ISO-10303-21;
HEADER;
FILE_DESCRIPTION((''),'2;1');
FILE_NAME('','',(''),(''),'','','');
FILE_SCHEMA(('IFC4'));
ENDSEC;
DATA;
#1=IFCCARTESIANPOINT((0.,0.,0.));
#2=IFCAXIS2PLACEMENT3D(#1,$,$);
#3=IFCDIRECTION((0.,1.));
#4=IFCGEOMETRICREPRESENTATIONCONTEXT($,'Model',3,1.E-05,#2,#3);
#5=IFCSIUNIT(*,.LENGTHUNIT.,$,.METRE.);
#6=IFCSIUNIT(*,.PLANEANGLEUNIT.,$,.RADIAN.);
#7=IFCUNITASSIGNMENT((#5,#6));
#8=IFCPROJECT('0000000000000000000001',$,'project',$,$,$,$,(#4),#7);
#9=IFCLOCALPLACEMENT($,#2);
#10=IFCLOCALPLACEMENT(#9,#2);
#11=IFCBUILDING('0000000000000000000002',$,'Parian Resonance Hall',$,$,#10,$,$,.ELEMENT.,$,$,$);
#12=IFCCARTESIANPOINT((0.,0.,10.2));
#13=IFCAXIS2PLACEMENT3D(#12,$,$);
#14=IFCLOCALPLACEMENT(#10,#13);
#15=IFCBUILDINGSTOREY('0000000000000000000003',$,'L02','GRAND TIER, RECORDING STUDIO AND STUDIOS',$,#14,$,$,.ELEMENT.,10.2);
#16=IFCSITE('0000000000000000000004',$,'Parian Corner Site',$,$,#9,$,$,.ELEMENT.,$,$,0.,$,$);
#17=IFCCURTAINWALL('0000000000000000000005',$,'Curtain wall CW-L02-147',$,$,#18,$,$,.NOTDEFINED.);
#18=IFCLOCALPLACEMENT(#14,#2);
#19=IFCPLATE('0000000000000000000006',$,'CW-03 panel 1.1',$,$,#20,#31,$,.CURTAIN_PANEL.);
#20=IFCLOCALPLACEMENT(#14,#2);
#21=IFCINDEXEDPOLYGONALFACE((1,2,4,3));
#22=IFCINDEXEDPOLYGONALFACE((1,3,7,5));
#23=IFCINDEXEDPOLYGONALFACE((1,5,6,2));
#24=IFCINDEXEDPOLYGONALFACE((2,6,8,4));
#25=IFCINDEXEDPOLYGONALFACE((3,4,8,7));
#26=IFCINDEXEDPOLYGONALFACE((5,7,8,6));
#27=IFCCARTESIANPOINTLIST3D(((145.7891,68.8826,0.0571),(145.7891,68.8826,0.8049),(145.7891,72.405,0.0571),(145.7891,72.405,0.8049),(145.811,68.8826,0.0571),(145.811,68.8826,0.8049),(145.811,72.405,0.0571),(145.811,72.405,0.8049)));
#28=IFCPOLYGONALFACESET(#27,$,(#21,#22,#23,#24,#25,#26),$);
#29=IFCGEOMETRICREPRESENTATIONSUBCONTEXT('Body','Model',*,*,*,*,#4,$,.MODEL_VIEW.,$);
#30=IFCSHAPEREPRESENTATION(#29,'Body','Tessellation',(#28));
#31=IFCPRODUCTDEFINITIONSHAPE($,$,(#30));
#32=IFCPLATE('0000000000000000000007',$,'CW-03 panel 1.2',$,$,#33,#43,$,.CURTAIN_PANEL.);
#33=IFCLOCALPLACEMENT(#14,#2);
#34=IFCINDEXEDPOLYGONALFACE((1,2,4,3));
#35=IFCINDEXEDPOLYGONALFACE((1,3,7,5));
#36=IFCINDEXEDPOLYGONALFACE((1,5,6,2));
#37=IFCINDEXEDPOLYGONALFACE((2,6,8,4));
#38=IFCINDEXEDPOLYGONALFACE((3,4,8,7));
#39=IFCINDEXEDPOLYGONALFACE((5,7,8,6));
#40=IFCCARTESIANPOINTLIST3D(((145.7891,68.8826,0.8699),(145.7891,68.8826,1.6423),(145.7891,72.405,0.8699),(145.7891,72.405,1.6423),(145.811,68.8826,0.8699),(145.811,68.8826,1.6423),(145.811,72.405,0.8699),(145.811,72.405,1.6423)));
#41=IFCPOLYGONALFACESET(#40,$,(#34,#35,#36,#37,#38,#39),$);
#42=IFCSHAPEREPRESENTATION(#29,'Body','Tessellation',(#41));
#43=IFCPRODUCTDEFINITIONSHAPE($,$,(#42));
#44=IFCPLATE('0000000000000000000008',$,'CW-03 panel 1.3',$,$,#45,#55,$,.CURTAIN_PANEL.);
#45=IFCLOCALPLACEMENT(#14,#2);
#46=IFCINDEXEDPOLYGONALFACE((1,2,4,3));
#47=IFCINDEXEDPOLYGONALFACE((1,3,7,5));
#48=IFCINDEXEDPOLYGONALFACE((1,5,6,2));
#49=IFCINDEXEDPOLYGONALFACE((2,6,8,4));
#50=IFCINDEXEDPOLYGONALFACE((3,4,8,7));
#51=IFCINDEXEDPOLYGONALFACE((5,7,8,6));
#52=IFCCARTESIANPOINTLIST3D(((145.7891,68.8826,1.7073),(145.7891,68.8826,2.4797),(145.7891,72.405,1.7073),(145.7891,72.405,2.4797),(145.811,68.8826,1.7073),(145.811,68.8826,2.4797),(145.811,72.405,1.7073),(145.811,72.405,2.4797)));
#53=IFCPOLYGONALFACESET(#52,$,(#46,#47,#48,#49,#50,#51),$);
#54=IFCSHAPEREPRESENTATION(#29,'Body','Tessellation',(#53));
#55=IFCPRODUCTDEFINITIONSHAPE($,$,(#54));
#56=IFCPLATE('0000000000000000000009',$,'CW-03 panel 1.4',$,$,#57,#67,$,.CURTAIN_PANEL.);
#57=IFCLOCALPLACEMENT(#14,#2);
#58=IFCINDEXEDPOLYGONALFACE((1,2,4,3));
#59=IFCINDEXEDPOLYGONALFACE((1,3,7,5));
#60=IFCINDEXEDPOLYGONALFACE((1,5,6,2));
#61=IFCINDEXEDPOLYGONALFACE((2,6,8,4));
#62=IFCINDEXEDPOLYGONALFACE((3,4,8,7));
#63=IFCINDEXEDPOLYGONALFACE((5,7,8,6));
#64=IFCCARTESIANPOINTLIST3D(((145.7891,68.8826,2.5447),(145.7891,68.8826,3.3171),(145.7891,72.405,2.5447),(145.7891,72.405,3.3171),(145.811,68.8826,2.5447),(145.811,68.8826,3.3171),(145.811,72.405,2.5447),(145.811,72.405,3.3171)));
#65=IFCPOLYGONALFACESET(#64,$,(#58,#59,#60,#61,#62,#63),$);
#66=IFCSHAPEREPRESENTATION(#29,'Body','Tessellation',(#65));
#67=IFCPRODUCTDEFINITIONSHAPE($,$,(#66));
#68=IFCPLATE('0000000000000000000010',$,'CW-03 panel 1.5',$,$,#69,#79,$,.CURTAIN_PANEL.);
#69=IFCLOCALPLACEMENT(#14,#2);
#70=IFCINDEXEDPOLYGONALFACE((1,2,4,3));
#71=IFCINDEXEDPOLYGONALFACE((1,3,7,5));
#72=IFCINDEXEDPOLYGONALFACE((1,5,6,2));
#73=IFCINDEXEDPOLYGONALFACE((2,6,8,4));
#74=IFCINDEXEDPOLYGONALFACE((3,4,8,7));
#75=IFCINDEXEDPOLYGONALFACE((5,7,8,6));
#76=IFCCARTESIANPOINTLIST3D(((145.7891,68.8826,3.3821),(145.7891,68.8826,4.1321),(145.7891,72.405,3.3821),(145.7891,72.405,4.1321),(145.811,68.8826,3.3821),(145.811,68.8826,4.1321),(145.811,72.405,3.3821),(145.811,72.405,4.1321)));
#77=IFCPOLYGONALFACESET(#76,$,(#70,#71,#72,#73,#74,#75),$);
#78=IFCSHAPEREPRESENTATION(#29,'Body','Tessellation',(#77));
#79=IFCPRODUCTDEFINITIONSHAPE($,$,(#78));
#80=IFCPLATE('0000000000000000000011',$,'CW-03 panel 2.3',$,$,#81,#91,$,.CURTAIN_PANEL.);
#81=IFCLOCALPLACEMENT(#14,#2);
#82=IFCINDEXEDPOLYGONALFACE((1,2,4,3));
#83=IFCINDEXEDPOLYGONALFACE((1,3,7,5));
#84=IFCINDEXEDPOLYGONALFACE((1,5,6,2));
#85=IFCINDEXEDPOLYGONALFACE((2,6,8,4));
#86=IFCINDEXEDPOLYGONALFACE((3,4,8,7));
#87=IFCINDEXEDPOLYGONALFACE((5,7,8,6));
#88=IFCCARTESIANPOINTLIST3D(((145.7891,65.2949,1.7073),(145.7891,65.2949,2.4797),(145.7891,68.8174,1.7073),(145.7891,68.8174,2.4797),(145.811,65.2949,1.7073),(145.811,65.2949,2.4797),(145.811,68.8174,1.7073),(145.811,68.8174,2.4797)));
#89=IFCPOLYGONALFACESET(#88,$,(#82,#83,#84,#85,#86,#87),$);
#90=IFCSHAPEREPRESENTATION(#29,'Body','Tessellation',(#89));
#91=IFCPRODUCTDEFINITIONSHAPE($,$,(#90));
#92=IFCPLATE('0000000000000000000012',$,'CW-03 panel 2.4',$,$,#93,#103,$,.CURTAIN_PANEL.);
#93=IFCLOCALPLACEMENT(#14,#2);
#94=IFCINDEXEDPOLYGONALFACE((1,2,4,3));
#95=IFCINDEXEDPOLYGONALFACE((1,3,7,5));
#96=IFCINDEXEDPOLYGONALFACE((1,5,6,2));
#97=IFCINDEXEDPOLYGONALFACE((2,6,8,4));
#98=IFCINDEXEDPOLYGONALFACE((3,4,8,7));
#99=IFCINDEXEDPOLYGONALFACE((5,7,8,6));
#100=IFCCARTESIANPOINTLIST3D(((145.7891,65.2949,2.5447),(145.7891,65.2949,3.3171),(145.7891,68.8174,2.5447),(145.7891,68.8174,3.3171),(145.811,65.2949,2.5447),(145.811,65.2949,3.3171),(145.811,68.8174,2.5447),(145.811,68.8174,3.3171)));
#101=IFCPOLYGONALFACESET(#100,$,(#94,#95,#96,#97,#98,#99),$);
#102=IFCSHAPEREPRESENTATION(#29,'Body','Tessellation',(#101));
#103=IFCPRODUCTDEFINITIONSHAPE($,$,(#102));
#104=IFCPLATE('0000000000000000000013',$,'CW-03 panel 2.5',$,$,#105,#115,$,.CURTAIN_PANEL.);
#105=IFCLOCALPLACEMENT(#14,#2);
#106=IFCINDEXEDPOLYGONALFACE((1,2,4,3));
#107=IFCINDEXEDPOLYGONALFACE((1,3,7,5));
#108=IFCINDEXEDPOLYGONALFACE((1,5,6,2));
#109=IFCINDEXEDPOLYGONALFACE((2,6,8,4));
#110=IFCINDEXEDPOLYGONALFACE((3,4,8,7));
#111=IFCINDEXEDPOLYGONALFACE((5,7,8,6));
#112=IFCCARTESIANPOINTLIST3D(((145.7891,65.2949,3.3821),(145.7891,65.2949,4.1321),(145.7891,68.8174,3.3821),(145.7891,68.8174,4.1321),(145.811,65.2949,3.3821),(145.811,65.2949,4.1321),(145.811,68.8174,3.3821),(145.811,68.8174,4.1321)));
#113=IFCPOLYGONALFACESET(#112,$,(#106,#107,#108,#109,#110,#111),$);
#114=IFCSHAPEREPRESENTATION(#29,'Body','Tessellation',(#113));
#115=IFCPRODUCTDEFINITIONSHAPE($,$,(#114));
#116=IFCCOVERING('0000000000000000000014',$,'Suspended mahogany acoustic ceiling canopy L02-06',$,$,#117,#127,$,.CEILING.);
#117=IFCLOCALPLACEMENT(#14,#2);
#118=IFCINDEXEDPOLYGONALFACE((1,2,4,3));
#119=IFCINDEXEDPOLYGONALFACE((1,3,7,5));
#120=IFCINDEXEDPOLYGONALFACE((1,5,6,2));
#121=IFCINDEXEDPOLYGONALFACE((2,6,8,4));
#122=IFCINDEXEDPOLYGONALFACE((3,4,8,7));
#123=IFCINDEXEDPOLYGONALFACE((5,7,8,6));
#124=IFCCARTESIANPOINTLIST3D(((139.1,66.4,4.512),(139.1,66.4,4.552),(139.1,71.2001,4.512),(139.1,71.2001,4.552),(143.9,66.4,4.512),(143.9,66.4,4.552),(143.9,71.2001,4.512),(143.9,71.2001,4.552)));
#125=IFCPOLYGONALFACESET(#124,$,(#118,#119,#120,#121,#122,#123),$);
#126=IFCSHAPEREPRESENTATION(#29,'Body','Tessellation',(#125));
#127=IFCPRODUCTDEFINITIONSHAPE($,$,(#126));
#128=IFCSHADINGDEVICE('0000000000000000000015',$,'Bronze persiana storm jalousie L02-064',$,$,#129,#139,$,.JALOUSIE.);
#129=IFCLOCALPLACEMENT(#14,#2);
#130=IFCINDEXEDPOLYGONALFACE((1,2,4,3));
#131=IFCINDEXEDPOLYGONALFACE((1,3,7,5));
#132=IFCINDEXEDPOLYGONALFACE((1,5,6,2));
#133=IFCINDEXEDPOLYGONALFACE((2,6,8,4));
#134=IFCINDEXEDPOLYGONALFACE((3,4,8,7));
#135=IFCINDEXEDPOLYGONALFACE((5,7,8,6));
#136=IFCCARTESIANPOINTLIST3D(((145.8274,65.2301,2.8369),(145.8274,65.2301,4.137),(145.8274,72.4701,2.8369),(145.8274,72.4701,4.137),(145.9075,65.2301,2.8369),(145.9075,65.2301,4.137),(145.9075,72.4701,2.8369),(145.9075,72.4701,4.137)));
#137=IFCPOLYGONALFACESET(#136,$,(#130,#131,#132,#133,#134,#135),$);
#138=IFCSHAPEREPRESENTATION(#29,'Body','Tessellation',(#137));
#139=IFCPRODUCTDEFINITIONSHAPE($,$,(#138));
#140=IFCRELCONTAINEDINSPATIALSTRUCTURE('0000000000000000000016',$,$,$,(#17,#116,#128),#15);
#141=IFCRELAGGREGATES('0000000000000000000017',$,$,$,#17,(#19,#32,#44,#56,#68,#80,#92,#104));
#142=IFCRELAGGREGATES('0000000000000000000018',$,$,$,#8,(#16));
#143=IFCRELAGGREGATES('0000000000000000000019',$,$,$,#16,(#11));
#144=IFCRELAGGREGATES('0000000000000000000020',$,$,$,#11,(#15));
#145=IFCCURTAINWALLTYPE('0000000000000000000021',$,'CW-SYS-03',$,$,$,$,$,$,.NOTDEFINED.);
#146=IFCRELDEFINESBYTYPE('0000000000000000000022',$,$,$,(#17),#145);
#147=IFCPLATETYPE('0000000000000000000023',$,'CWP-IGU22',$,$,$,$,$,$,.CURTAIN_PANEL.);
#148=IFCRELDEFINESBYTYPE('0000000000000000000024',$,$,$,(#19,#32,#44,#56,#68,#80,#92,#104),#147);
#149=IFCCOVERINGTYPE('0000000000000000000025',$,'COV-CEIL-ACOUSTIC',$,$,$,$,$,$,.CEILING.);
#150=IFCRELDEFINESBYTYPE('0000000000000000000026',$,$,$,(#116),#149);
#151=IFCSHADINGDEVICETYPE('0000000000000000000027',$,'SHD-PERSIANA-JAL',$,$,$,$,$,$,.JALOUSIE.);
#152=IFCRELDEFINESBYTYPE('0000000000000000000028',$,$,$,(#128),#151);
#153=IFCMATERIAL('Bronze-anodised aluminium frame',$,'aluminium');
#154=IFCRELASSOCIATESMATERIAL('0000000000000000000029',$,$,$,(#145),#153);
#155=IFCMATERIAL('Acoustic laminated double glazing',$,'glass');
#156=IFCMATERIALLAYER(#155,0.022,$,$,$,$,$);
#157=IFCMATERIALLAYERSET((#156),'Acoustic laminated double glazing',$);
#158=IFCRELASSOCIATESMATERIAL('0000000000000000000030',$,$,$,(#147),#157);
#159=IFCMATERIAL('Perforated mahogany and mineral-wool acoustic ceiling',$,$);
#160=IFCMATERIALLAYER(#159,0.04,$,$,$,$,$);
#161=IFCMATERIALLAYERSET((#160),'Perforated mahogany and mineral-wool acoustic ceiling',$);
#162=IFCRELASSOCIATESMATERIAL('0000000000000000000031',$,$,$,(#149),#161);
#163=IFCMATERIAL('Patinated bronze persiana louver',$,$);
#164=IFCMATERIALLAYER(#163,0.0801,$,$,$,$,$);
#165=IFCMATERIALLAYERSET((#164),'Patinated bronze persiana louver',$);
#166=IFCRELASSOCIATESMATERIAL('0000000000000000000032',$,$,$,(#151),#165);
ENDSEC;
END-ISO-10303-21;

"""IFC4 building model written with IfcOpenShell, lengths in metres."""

from ifc_helpers import new_model, si_unit, direction, frame, origin, origin_2d, place, context, subcontext, project, spatial, rectangle, extrude, material, layer, layer_set, type_object, element, aggregate, save


model = new_model("IFC4")

# Units and contexts
model_context = context("Model", 3, precision=1e-05, world=origin(), true_north=direction((0.0, 1.0)))
body_context = subcontext(model_context, "Body", "Model", "MODEL_VIEW")
ifc_project = project(units=[si_unit("LENGTHUNIT", "METRE"), si_unit("PLANEANGLEUNIT", "RADIAN")], contexts=[model_context])

# Site, building, storey
site_placement = place(None, origin())
site = spatial("IfcSite", under=ifc_project, at=site_placement, Name="Parian Corner Site", CompositionType="ELEMENT", RefElevation=0.0)
building_placement = place(site_placement, origin())
building = spatial("IfcBuilding", under=site, at=building_placement, Name="Parian Resonance Hall", CompositionType="ELEMENT")
storey_placement = place(building_placement, frame((0.0, 0.0, 10.2)))
storey = spatial("IfcBuildingStorey", under=building, at=storey_placement, Name="L02", Description="GRAND TIER, RECORDING STUDIO AND STUDIOS", CompositionType="ELEMENT", Elevation=10.2)

# Curtain wall, plates
ifc_material_1 = material(Name="Bronze-anodised aluminium frame", Category="aluminium")
curtain_wall_type = type_object("IfcCurtainWallType", Name="CW-SYS-03", PredefinedType="NOTDEFINED", material=ifc_material_1)
curtain_wall_placement = place(storey_placement, origin())
curtain_wall = element("IfcCurtainWall", 1, at=curtain_wall_placement, inside=storey, type_object=curtain_wall_type, Name="Curtain wall CW-L02-147", PredefinedType="NOTDEFINED")
ifc_material_2 = material(Name="Acoustic laminated double glazing", Category="glass")
ifc_layer_1 = layer(ifc_material_2, 0.022)
ifc_layer_set_1 = layer_set([ifc_layer_1], Name="Acoustic laminated double glazing")
plate_type = type_object("IfcPlateType", Name="CWP-IGU22", PredefinedType="CURTAIN_PANEL", material=ifc_layer_set_1)
plate_1_placement = place(storey_placement, frame((145.8, 70.6438, 0.0571), z_axis=(0.0, 0.0, 1.0), x_axis=(0.0, -1.0, 0.0)))
plate_1 = element("IfcPlate", 2, at=plate_1_placement, type_object=plate_type, Name="CW-03 panel 1.1", PredefinedType="CURTAIN_PANEL", context=body_context, shape_type="SweptSolid", body=[
    extrude(rectangle(XDim=3.5225, YDim=0.022, at=origin_2d()), origin(), (0.0, 0.0, 1.0), 0.7478),
])
plate_2_placement = place(storey_placement, frame((145.8, 70.6438, 0.8699), z_axis=(0.0, 0.0, 1.0), x_axis=(0.0, -1.0, 0.0)))
plate_2 = element("IfcPlate", 3, at=plate_2_placement, type_object=plate_type, Name="CW-03 panel 1.2", PredefinedType="CURTAIN_PANEL", context=body_context, shape_type="SweptSolid", body=[
    extrude(rectangle(XDim=3.5225, YDim=0.022, at=origin_2d()), origin(), (0.0, 0.0, 1.0), 0.7725),
])
plate_3_placement = place(storey_placement, frame((145.8, 70.6438, 1.7073), z_axis=(0.0, 0.0, 1.0), x_axis=(0.0, -1.0, 0.0)))
plate_3 = element("IfcPlate", 4, at=plate_3_placement, type_object=plate_type, Name="CW-03 panel 1.3", PredefinedType="CURTAIN_PANEL", context=body_context, shape_type="SweptSolid", body=[
    extrude(rectangle(XDim=3.5225, YDim=0.022, at=origin_2d()), origin(), (0.0, 0.0, 1.0), 0.7725),
])
plate_4_placement = place(storey_placement, frame((145.8, 70.6438, 2.5447), z_axis=(0.0, 0.0, 1.0), x_axis=(0.0, -1.0, 0.0)))
plate_4 = element("IfcPlate", 5, at=plate_4_placement, type_object=plate_type, Name="CW-03 panel 1.4", PredefinedType="CURTAIN_PANEL", context=body_context, shape_type="SweptSolid", body=[
    extrude(rectangle(XDim=3.5225, YDim=0.022, at=origin_2d()), origin(), (0.0, 0.0, 1.0), 0.7725),
])
plate_5_placement = place(storey_placement, frame((145.8, 70.6438, 3.3821), z_axis=(0.0, 0.0, 1.0), x_axis=(0.0, -1.0, 0.0)))
plate_5 = element("IfcPlate", 6, at=plate_5_placement, type_object=plate_type, Name="CW-03 panel 1.5", PredefinedType="CURTAIN_PANEL", context=body_context, shape_type="SweptSolid", body=[
    extrude(rectangle(XDim=3.5225, YDim=0.022, at=origin_2d()), origin(), (0.0, 0.0, 1.0), 0.75),
])
plate_6_placement = place(storey_placement, frame((145.8, 67.0562, 1.7073), z_axis=(0.0, 0.0, 1.0), x_axis=(0.0, -1.0, 0.0)))
plate_6 = element("IfcPlate", 7, at=plate_6_placement, type_object=plate_type, Name="CW-03 panel 2.3", PredefinedType="CURTAIN_PANEL", context=body_context, shape_type="SweptSolid", body=[
    extrude(rectangle(XDim=3.5225, YDim=0.022, at=origin_2d()), origin(), (0.0, 0.0, 1.0), 0.7725),
])
plate_7_placement = place(storey_placement, frame((145.8, 67.0562, 2.5447), z_axis=(0.0, 0.0, 1.0), x_axis=(0.0, -1.0, 0.0)))
plate_7 = element("IfcPlate", 8, at=plate_7_placement, type_object=plate_type, Name="CW-03 panel 2.4", PredefinedType="CURTAIN_PANEL", context=body_context, shape_type="SweptSolid", body=[
    extrude(rectangle(XDim=3.5225, YDim=0.022, at=origin_2d()), origin(), (0.0, 0.0, 1.0), 0.7725),
])
plate_8_placement = place(storey_placement, frame((145.8, 67.0562, 3.3821), z_axis=(0.0, 0.0, 1.0), x_axis=(0.0, -1.0, 0.0)))
plate_8 = element("IfcPlate", 9, at=plate_8_placement, type_object=plate_type, Name="CW-03 panel 2.5", PredefinedType="CURTAIN_PANEL", context=body_context, shape_type="SweptSolid", body=[
    extrude(rectangle(XDim=3.5225, YDim=0.022, at=origin_2d()), origin(), (0.0, 0.0, 1.0), 0.75),
])
aggregate(curtain_wall, [plate_1, plate_2, plate_3, plate_4, plate_5, plate_6, plate_7, plate_8])

# Covering
ifc_material_3 = material(Name="Perforated mahogany and mineral-wool acoustic ceiling")
ifc_layer_2 = layer(ifc_material_3, 0.04)
ifc_layer_set_2 = layer_set([ifc_layer_2], Name="Perforated mahogany and mineral-wool acoustic ceiling")
covering_type = type_object("IfcCoveringType", Name="COV-CEIL-ACOUSTIC", PredefinedType="CEILING", material=ifc_layer_set_2)
covering_placement = place(storey_placement, frame((141.5, 68.8, 4.512), z_axis=(0.0, 0.0, 1.0), x_axis=(1.0, 0.0, 0.0)))
element("IfcCovering", 10, at=covering_placement, inside=storey, type_object=covering_type, Name="Suspended mahogany acoustic ceiling canopy L02-06", PredefinedType="CEILING", context=body_context, shape_type="SweptSolid", body=[
    extrude(rectangle(XDim=4.8, YDim=4.8, at=origin_2d()), origin(), (0.0, 0.0, 1.0), 0.04),
])

# Shading device
ifc_material_4 = material(Name="Patinated bronze persiana louver")
ifc_layer_3 = layer(ifc_material_4, 0.0801)
ifc_layer_set_3 = layer_set([ifc_layer_3], Name="Patinated bronze persiana louver")
shading_device_type = type_object("IfcShadingDeviceType", Name="SHD-PERSIANA-JAL", PredefinedType="JALOUSIE", material=ifc_layer_set_3)
shading_device_placement = place(storey_placement, frame((145.8674, 68.8501, 2.8369), z_axis=(0.0, 0.0, 1.0), x_axis=(0.0, -1.0, 0.0)))
element("IfcShadingDevice", 11, at=shading_device_placement, inside=storey, type_object=shading_device_type, Name="Bronze persiana storm jalousie L02-064", PredefinedType="JALOUSIE", context=body_context, shape_type="SweptSolid", body=[
    extrude(rectangle(XDim=7.24, YDim=0.0801, at=origin_2d()), origin(), (0.0, 0.0, 1.0), 1.3),
])

save(model, "model.ifc")
